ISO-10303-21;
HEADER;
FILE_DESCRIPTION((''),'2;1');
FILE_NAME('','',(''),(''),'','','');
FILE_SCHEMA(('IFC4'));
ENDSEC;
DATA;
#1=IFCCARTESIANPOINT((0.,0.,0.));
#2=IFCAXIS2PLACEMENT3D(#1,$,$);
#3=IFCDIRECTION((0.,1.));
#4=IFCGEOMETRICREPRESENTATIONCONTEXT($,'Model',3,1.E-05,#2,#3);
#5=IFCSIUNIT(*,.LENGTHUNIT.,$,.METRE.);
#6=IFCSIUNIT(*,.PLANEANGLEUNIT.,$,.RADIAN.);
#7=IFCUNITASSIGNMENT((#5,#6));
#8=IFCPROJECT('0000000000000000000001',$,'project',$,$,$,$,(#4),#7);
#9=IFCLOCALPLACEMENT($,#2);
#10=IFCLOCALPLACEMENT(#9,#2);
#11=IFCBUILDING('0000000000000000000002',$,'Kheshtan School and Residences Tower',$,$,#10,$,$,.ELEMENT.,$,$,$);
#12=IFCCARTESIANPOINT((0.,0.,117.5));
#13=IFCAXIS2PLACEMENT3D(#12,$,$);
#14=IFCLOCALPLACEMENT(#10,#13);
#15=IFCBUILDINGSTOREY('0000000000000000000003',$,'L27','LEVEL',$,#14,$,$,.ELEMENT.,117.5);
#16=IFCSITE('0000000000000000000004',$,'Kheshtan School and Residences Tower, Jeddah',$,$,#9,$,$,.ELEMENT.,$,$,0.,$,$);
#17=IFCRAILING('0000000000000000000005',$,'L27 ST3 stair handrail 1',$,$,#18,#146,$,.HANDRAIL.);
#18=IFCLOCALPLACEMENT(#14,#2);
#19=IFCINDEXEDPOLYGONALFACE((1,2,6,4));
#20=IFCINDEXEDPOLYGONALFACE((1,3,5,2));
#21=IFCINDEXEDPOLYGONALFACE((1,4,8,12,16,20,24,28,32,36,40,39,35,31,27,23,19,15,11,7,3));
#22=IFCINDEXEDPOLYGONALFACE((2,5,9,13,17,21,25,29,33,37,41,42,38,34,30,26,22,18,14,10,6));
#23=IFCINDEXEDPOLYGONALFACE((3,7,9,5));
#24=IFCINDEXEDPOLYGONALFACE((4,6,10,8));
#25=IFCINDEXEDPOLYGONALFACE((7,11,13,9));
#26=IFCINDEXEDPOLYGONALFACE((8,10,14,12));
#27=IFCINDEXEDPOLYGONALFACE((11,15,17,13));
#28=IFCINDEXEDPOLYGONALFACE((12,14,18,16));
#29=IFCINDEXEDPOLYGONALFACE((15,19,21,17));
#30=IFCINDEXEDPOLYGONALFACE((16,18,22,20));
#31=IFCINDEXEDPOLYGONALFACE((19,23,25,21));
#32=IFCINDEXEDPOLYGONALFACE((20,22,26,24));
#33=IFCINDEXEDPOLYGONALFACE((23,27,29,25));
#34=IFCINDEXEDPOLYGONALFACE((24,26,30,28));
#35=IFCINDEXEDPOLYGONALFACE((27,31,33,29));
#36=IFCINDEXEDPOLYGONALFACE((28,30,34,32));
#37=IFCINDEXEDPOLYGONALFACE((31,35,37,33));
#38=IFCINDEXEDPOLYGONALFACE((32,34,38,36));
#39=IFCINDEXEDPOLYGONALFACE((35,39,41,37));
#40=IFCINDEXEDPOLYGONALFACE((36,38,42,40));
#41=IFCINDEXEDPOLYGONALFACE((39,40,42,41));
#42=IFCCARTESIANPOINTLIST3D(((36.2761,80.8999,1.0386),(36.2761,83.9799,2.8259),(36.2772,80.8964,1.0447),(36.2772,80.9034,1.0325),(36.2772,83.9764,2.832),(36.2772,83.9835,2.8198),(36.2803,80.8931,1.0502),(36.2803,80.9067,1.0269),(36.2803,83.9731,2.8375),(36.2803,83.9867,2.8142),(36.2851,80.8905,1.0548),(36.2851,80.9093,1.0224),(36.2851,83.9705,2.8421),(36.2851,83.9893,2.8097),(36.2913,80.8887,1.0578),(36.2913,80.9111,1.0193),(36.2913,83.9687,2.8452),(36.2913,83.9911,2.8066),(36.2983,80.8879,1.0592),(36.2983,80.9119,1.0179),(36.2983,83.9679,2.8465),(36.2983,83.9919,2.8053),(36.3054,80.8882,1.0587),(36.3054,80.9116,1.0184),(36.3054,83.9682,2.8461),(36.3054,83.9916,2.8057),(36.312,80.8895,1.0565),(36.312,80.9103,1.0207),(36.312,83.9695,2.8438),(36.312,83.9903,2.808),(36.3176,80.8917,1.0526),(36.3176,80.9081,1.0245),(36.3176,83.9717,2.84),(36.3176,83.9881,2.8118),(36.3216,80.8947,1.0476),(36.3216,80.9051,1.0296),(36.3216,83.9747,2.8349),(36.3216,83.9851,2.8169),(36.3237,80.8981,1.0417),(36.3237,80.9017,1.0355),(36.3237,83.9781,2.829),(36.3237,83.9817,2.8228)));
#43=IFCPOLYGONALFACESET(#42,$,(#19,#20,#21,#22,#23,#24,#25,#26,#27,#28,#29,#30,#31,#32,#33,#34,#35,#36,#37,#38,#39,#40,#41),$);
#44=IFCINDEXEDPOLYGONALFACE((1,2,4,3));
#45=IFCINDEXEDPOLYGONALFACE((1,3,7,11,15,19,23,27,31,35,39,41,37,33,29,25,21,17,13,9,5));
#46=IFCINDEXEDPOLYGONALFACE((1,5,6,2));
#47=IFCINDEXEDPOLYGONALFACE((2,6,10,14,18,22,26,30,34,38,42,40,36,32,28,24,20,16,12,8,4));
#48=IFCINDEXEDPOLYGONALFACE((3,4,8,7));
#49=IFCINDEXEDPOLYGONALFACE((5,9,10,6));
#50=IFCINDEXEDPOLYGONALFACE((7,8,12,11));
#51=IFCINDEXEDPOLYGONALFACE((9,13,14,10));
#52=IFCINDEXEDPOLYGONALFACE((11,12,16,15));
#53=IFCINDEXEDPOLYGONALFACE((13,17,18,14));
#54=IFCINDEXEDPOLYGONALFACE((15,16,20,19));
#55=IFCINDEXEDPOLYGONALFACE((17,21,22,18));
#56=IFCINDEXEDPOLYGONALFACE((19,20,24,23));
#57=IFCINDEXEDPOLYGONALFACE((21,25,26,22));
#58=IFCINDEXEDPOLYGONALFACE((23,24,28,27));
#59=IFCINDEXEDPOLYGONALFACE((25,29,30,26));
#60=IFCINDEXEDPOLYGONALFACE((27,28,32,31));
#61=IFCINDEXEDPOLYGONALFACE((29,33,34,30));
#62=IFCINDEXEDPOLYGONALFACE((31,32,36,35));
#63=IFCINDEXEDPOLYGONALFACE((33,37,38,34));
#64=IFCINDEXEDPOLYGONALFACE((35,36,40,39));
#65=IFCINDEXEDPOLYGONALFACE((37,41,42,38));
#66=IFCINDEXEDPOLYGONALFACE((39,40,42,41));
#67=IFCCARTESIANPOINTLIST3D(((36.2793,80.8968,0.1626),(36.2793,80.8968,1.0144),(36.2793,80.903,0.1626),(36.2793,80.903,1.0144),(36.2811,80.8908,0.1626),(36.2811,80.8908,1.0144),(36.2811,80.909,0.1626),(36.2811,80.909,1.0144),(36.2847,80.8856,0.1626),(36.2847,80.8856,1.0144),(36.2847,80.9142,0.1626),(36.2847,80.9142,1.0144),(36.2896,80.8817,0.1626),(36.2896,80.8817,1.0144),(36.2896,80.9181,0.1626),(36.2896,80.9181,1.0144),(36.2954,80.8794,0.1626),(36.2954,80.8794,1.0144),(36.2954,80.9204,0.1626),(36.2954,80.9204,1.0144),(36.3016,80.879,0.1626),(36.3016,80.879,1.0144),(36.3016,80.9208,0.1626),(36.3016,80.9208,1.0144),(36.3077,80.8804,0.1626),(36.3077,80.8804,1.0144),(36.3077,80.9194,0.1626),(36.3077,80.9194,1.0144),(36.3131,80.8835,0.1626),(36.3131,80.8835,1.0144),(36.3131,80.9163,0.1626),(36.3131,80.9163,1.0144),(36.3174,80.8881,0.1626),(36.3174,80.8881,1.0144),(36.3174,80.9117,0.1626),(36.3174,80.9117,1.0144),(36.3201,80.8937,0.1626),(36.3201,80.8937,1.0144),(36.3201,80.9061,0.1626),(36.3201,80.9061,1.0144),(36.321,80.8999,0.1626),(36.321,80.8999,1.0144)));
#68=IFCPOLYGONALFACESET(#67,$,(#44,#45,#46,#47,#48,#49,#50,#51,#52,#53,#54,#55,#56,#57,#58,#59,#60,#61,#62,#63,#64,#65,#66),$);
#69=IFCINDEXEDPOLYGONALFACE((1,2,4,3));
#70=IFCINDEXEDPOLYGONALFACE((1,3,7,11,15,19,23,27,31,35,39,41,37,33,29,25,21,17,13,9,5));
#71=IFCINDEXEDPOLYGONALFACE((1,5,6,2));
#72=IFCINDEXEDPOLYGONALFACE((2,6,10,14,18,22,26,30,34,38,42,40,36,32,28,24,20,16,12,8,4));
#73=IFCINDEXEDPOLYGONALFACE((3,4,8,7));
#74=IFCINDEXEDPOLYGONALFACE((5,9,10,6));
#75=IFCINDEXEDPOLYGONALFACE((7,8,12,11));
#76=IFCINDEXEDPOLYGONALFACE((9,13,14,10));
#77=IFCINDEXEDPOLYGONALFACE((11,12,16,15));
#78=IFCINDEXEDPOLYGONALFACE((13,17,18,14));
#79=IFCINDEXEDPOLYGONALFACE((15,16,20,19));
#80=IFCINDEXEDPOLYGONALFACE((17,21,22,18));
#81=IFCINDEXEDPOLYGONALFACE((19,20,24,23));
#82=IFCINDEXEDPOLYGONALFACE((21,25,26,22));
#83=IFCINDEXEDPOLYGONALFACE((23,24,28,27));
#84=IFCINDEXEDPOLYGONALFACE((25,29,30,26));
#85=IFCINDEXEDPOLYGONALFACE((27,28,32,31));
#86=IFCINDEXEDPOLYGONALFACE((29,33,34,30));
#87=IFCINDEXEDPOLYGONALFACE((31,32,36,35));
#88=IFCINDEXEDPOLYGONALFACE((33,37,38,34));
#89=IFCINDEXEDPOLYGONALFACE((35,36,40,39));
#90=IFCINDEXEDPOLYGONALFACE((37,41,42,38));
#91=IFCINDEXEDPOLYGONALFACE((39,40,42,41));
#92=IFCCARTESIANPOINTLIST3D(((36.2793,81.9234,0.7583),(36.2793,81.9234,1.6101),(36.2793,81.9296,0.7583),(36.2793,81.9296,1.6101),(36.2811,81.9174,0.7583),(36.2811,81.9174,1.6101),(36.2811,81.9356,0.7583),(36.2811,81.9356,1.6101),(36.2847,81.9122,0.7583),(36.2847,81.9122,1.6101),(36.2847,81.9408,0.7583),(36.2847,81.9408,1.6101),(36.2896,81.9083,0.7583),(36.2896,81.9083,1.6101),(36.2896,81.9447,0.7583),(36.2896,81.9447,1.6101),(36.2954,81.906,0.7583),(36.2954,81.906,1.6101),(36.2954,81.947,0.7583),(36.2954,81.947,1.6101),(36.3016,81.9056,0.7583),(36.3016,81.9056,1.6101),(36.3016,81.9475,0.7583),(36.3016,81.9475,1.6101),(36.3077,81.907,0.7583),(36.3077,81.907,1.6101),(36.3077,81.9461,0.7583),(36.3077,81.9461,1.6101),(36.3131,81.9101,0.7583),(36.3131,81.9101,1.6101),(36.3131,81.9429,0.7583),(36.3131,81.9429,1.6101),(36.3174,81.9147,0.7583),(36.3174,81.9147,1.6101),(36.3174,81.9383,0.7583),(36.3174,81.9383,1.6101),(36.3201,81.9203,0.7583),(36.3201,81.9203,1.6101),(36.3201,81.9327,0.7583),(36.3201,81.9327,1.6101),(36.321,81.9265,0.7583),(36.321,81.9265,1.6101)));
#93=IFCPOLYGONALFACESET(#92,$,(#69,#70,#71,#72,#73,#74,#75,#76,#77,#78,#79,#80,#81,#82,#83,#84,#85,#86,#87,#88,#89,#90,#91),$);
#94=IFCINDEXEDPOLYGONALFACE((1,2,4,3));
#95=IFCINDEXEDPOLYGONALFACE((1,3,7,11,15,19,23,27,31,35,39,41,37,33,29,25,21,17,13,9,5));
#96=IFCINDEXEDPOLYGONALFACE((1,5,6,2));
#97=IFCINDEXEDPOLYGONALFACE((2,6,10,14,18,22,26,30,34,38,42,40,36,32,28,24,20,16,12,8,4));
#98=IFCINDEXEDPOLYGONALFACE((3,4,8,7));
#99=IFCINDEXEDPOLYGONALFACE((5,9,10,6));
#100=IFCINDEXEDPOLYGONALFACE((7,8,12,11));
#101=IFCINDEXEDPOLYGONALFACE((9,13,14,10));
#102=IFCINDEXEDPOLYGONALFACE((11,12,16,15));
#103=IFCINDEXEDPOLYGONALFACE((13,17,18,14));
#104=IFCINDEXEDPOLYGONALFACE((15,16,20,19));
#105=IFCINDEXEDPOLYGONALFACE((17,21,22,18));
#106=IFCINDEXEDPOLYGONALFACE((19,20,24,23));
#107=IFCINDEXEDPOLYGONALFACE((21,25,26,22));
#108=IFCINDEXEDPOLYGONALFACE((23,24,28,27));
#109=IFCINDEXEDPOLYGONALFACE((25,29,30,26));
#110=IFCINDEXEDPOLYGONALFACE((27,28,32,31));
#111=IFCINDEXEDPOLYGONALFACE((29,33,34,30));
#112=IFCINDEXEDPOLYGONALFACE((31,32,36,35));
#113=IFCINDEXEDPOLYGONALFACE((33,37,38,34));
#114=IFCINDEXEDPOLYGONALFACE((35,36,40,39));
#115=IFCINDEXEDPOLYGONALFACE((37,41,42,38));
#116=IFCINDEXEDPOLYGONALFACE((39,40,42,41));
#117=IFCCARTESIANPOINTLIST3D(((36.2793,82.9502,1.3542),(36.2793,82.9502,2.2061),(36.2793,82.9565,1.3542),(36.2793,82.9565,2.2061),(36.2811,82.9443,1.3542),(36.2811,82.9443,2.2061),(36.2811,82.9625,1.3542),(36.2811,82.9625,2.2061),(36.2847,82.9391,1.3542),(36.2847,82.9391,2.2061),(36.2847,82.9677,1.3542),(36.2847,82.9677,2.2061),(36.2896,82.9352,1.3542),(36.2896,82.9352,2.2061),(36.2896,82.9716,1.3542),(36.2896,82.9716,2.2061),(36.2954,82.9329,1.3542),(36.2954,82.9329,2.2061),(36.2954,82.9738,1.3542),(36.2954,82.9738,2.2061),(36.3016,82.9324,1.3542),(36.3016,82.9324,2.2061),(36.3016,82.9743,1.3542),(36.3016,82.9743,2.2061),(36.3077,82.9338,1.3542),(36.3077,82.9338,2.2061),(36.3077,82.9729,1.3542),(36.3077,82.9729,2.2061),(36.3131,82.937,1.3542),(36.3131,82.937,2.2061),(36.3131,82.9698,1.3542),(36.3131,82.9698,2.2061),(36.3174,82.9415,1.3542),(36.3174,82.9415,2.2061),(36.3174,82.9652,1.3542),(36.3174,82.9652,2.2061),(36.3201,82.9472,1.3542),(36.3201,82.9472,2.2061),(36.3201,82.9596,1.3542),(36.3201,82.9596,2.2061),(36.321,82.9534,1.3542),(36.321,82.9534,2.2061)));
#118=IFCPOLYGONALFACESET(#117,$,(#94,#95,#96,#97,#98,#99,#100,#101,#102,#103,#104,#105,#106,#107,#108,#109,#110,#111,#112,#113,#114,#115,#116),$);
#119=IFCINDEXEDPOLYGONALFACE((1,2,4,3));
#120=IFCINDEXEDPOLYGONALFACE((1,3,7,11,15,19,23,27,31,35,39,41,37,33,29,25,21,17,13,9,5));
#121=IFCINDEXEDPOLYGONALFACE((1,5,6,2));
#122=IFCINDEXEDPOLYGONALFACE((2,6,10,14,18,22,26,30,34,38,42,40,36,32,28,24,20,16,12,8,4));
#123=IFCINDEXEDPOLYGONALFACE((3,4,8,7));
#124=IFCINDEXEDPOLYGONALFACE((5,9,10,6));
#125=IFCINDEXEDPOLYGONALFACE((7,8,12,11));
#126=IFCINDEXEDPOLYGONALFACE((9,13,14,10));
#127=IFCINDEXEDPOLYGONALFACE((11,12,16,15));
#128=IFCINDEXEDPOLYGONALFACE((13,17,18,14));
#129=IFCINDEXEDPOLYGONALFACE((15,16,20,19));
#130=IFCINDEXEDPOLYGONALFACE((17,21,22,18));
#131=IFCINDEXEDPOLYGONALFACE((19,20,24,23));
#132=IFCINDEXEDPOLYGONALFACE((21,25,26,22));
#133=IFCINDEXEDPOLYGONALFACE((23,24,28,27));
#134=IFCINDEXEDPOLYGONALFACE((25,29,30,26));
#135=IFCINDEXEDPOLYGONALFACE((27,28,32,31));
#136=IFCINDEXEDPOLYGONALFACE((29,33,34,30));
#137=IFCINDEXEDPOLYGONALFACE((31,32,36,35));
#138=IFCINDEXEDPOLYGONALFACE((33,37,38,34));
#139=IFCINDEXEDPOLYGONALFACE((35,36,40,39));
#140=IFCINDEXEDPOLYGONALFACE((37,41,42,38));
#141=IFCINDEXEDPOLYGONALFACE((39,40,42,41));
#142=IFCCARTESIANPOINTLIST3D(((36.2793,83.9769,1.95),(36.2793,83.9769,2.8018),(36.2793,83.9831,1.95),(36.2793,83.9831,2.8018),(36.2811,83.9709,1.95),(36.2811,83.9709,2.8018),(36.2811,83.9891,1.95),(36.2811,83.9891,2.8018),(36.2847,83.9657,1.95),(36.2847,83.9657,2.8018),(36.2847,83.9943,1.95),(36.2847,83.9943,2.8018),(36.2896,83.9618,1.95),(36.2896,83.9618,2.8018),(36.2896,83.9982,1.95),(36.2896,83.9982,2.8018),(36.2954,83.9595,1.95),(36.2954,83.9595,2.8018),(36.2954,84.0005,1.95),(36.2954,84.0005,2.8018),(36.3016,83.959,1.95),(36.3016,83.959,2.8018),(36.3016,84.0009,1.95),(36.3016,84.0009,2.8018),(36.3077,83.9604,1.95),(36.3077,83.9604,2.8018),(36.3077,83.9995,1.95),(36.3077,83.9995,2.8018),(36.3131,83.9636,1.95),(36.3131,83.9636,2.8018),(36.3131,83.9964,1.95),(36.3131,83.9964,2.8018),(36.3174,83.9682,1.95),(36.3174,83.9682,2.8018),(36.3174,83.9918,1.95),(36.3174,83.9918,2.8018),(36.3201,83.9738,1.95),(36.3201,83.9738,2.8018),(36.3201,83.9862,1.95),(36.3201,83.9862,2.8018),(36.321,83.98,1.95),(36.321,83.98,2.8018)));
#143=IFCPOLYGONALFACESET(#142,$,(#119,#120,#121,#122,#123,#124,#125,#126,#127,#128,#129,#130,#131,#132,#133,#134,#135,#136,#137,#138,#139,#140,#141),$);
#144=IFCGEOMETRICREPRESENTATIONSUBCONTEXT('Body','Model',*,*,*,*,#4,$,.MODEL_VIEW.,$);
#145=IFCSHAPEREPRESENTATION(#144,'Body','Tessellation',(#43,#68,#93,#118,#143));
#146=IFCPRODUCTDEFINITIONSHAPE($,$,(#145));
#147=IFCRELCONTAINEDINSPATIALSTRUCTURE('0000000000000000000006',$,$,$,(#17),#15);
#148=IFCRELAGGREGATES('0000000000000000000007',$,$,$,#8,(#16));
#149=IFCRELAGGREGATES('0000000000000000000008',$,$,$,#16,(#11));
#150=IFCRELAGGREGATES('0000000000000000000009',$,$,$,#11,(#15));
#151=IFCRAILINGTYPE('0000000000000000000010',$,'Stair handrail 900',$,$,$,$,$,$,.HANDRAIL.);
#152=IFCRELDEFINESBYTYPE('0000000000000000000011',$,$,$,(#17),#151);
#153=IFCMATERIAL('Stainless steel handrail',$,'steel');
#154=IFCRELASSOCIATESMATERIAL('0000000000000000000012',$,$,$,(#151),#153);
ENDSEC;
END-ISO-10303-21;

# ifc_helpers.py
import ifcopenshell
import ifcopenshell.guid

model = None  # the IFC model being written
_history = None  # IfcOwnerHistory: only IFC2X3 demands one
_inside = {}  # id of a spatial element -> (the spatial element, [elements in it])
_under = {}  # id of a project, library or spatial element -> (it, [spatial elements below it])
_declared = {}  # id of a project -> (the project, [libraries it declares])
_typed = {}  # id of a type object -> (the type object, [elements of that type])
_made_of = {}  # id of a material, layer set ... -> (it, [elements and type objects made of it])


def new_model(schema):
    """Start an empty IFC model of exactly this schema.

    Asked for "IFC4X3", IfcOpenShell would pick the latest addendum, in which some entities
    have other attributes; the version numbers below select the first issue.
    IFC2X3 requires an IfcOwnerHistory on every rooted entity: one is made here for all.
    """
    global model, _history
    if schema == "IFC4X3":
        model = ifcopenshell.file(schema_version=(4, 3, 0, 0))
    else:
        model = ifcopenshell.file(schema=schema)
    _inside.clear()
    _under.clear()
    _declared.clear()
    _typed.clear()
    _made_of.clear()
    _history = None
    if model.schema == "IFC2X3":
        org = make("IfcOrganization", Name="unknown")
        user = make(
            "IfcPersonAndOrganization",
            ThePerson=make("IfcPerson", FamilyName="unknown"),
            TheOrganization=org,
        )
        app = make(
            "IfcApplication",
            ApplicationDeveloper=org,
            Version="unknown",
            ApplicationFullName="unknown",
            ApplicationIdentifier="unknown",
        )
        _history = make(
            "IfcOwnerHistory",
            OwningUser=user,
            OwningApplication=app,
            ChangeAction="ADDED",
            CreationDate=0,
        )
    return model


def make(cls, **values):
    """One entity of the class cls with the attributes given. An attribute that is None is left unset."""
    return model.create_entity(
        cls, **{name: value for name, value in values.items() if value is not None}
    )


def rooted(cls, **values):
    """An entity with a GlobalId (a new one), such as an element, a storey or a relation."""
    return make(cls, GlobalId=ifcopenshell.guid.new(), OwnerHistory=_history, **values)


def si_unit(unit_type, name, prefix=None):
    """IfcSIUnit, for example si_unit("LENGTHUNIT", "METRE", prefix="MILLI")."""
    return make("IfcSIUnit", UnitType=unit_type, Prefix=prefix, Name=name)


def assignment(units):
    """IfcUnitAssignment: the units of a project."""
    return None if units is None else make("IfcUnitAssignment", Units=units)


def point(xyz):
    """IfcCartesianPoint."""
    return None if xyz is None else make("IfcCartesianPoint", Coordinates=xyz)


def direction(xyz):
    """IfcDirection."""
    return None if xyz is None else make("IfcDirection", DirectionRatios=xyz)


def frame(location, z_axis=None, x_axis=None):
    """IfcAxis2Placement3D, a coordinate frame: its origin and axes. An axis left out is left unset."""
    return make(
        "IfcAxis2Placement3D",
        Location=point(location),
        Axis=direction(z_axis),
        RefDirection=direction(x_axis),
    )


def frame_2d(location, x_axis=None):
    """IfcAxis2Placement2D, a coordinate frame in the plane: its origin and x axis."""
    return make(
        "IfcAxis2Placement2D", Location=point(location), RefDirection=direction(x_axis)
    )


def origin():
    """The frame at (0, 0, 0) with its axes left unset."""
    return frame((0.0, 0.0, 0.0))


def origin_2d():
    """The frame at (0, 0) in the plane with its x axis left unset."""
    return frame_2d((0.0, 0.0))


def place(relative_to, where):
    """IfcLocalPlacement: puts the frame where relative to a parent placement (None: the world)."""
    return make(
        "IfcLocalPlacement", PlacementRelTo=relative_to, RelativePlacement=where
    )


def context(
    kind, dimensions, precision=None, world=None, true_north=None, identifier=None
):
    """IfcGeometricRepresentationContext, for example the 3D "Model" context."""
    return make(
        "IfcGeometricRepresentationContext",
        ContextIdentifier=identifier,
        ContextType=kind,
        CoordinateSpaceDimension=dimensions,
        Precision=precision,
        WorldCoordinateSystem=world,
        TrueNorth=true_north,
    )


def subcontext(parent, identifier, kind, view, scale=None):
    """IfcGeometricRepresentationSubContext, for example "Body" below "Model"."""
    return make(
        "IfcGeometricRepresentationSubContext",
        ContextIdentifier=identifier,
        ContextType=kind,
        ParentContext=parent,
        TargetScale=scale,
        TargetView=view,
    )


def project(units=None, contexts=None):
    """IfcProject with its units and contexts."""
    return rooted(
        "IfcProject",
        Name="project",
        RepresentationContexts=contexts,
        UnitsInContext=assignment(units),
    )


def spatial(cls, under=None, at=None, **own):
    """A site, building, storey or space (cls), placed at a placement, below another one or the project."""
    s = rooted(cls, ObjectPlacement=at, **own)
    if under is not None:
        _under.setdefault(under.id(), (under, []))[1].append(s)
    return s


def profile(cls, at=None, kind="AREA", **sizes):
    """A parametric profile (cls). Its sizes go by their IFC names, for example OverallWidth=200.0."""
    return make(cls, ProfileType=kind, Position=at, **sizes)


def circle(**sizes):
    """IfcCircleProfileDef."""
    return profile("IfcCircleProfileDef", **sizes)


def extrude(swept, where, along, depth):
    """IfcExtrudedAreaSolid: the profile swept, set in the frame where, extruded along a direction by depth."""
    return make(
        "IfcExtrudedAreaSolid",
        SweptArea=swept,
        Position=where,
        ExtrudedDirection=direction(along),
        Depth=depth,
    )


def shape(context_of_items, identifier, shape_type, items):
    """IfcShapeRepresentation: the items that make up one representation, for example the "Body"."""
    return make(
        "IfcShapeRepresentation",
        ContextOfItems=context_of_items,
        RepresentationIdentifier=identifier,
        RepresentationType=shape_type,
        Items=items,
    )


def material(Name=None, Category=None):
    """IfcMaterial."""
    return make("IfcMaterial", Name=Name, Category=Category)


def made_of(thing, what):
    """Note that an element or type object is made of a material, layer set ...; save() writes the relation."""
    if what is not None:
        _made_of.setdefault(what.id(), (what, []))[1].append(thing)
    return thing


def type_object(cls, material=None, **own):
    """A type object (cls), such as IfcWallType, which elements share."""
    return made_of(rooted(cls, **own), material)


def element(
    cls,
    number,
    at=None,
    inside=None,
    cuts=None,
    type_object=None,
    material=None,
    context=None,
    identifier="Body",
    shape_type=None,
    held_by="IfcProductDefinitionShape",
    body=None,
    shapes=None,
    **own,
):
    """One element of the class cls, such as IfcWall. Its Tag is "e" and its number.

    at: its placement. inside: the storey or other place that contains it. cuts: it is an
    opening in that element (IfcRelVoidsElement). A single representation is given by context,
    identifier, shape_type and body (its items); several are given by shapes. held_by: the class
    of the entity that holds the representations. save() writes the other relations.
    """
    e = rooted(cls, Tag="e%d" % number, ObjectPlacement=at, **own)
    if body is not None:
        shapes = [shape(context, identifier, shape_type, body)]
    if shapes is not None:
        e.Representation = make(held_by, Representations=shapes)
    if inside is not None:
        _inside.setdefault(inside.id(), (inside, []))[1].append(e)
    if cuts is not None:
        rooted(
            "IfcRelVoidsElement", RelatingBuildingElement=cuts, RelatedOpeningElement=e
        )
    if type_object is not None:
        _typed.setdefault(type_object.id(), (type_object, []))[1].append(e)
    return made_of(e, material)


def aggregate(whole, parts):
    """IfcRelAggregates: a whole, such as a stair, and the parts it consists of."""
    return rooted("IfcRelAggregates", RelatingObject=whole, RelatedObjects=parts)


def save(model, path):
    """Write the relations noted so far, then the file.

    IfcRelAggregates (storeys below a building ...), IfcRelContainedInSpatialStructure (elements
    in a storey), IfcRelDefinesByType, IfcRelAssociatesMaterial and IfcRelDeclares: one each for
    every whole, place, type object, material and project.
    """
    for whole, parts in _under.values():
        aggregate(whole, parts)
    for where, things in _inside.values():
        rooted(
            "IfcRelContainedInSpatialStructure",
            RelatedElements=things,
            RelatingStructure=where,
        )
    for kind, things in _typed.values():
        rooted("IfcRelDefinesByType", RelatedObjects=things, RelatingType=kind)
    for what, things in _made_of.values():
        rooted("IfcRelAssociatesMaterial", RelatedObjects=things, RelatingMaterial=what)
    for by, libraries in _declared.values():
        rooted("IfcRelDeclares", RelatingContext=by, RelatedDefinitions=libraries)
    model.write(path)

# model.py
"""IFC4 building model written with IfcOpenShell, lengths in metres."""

from ifc_helpers import new_model, si_unit, direction, frame, origin, origin_2d, place, context, subcontext, project, spatial, circle, extrude, material, type_object, element, save


model = new_model("IFC4")

# Units and contexts
model_context = context("Model", 3, precision=1e-05, world=origin(), true_north=direction((0.0, 1.0)))
body_context = subcontext(model_context, "Body", "Model", "MODEL_VIEW")
ifc_project = project(units=[si_unit("LENGTHUNIT", "METRE"), si_unit("PLANEANGLEUNIT", "RADIAN")], contexts=[model_context])

# Site, building, storey
site_placement = place(None, origin())
site = spatial("IfcSite", under=ifc_project, at=site_placement, Name="Kheshtan School and Residences Tower, Jeddah", CompositionType="ELEMENT", RefElevation=0.0)
building_placement = place(site_placement, origin())
building = spatial("IfcBuilding", under=site, at=building_placement, Name="Kheshtan School and Residences Tower", CompositionType="ELEMENT")
storey_placement = place(building_placement, frame((0.0, 0.0, 117.5)))
storey = spatial("IfcBuildingStorey", under=building, at=storey_placement, Name="L27", Description="LEVEL", CompositionType="ELEMENT", Elevation=117.5)

# Railing
ifc_material_1 = material(Name="Stainless steel handrail", Category="steel")
railing_type_1 = type_object("IfcRailingType", Name="Stair handrail 900", PredefinedType="HANDRAIL", material=ifc_material_1)
railing_1_placement = place(storey_placement, frame((36.3, 80.8999, 0.1626)))
element("IfcRailing", 1, at=railing_1_placement, inside=storey, type_object=railing_type_1, Name="L27 ST3 stair handrail 1", PredefinedType="HANDRAIL", context=body_context, shape_type="SweptSolid", body=[
    extrude(circle(Radius=0.0239, at=origin_2d()), frame((0.0, 0.0, 0.876), z_axis=(0.0, 0.86492, 0.501909), x_axis=(-1.0, 0.0, 0.0)), (0.0, 0.0, 1.0), 3.561),
    extrude(circle(Radius=0.021, at=origin_2d()), origin(), (0.0, 0.0, 1.0), 0.8518),
    extrude(circle(Radius=0.021, at=origin_2d()), frame((0.0, 1.0266, 0.5957)), (0.0, 0.0, 1.0), 0.8518),
    extrude(circle(Radius=0.021, at=origin_2d()), frame((0.0, 2.0535, 1.1917)), (0.0, 0.0, 1.0), 0.8518),
    extrude(circle(Radius=0.021, at=origin_2d()), frame((0.0, 3.0801, 1.7874)), (0.0, 0.0, 1.0), 0.8518),
])

save(model, "model.ifc")
